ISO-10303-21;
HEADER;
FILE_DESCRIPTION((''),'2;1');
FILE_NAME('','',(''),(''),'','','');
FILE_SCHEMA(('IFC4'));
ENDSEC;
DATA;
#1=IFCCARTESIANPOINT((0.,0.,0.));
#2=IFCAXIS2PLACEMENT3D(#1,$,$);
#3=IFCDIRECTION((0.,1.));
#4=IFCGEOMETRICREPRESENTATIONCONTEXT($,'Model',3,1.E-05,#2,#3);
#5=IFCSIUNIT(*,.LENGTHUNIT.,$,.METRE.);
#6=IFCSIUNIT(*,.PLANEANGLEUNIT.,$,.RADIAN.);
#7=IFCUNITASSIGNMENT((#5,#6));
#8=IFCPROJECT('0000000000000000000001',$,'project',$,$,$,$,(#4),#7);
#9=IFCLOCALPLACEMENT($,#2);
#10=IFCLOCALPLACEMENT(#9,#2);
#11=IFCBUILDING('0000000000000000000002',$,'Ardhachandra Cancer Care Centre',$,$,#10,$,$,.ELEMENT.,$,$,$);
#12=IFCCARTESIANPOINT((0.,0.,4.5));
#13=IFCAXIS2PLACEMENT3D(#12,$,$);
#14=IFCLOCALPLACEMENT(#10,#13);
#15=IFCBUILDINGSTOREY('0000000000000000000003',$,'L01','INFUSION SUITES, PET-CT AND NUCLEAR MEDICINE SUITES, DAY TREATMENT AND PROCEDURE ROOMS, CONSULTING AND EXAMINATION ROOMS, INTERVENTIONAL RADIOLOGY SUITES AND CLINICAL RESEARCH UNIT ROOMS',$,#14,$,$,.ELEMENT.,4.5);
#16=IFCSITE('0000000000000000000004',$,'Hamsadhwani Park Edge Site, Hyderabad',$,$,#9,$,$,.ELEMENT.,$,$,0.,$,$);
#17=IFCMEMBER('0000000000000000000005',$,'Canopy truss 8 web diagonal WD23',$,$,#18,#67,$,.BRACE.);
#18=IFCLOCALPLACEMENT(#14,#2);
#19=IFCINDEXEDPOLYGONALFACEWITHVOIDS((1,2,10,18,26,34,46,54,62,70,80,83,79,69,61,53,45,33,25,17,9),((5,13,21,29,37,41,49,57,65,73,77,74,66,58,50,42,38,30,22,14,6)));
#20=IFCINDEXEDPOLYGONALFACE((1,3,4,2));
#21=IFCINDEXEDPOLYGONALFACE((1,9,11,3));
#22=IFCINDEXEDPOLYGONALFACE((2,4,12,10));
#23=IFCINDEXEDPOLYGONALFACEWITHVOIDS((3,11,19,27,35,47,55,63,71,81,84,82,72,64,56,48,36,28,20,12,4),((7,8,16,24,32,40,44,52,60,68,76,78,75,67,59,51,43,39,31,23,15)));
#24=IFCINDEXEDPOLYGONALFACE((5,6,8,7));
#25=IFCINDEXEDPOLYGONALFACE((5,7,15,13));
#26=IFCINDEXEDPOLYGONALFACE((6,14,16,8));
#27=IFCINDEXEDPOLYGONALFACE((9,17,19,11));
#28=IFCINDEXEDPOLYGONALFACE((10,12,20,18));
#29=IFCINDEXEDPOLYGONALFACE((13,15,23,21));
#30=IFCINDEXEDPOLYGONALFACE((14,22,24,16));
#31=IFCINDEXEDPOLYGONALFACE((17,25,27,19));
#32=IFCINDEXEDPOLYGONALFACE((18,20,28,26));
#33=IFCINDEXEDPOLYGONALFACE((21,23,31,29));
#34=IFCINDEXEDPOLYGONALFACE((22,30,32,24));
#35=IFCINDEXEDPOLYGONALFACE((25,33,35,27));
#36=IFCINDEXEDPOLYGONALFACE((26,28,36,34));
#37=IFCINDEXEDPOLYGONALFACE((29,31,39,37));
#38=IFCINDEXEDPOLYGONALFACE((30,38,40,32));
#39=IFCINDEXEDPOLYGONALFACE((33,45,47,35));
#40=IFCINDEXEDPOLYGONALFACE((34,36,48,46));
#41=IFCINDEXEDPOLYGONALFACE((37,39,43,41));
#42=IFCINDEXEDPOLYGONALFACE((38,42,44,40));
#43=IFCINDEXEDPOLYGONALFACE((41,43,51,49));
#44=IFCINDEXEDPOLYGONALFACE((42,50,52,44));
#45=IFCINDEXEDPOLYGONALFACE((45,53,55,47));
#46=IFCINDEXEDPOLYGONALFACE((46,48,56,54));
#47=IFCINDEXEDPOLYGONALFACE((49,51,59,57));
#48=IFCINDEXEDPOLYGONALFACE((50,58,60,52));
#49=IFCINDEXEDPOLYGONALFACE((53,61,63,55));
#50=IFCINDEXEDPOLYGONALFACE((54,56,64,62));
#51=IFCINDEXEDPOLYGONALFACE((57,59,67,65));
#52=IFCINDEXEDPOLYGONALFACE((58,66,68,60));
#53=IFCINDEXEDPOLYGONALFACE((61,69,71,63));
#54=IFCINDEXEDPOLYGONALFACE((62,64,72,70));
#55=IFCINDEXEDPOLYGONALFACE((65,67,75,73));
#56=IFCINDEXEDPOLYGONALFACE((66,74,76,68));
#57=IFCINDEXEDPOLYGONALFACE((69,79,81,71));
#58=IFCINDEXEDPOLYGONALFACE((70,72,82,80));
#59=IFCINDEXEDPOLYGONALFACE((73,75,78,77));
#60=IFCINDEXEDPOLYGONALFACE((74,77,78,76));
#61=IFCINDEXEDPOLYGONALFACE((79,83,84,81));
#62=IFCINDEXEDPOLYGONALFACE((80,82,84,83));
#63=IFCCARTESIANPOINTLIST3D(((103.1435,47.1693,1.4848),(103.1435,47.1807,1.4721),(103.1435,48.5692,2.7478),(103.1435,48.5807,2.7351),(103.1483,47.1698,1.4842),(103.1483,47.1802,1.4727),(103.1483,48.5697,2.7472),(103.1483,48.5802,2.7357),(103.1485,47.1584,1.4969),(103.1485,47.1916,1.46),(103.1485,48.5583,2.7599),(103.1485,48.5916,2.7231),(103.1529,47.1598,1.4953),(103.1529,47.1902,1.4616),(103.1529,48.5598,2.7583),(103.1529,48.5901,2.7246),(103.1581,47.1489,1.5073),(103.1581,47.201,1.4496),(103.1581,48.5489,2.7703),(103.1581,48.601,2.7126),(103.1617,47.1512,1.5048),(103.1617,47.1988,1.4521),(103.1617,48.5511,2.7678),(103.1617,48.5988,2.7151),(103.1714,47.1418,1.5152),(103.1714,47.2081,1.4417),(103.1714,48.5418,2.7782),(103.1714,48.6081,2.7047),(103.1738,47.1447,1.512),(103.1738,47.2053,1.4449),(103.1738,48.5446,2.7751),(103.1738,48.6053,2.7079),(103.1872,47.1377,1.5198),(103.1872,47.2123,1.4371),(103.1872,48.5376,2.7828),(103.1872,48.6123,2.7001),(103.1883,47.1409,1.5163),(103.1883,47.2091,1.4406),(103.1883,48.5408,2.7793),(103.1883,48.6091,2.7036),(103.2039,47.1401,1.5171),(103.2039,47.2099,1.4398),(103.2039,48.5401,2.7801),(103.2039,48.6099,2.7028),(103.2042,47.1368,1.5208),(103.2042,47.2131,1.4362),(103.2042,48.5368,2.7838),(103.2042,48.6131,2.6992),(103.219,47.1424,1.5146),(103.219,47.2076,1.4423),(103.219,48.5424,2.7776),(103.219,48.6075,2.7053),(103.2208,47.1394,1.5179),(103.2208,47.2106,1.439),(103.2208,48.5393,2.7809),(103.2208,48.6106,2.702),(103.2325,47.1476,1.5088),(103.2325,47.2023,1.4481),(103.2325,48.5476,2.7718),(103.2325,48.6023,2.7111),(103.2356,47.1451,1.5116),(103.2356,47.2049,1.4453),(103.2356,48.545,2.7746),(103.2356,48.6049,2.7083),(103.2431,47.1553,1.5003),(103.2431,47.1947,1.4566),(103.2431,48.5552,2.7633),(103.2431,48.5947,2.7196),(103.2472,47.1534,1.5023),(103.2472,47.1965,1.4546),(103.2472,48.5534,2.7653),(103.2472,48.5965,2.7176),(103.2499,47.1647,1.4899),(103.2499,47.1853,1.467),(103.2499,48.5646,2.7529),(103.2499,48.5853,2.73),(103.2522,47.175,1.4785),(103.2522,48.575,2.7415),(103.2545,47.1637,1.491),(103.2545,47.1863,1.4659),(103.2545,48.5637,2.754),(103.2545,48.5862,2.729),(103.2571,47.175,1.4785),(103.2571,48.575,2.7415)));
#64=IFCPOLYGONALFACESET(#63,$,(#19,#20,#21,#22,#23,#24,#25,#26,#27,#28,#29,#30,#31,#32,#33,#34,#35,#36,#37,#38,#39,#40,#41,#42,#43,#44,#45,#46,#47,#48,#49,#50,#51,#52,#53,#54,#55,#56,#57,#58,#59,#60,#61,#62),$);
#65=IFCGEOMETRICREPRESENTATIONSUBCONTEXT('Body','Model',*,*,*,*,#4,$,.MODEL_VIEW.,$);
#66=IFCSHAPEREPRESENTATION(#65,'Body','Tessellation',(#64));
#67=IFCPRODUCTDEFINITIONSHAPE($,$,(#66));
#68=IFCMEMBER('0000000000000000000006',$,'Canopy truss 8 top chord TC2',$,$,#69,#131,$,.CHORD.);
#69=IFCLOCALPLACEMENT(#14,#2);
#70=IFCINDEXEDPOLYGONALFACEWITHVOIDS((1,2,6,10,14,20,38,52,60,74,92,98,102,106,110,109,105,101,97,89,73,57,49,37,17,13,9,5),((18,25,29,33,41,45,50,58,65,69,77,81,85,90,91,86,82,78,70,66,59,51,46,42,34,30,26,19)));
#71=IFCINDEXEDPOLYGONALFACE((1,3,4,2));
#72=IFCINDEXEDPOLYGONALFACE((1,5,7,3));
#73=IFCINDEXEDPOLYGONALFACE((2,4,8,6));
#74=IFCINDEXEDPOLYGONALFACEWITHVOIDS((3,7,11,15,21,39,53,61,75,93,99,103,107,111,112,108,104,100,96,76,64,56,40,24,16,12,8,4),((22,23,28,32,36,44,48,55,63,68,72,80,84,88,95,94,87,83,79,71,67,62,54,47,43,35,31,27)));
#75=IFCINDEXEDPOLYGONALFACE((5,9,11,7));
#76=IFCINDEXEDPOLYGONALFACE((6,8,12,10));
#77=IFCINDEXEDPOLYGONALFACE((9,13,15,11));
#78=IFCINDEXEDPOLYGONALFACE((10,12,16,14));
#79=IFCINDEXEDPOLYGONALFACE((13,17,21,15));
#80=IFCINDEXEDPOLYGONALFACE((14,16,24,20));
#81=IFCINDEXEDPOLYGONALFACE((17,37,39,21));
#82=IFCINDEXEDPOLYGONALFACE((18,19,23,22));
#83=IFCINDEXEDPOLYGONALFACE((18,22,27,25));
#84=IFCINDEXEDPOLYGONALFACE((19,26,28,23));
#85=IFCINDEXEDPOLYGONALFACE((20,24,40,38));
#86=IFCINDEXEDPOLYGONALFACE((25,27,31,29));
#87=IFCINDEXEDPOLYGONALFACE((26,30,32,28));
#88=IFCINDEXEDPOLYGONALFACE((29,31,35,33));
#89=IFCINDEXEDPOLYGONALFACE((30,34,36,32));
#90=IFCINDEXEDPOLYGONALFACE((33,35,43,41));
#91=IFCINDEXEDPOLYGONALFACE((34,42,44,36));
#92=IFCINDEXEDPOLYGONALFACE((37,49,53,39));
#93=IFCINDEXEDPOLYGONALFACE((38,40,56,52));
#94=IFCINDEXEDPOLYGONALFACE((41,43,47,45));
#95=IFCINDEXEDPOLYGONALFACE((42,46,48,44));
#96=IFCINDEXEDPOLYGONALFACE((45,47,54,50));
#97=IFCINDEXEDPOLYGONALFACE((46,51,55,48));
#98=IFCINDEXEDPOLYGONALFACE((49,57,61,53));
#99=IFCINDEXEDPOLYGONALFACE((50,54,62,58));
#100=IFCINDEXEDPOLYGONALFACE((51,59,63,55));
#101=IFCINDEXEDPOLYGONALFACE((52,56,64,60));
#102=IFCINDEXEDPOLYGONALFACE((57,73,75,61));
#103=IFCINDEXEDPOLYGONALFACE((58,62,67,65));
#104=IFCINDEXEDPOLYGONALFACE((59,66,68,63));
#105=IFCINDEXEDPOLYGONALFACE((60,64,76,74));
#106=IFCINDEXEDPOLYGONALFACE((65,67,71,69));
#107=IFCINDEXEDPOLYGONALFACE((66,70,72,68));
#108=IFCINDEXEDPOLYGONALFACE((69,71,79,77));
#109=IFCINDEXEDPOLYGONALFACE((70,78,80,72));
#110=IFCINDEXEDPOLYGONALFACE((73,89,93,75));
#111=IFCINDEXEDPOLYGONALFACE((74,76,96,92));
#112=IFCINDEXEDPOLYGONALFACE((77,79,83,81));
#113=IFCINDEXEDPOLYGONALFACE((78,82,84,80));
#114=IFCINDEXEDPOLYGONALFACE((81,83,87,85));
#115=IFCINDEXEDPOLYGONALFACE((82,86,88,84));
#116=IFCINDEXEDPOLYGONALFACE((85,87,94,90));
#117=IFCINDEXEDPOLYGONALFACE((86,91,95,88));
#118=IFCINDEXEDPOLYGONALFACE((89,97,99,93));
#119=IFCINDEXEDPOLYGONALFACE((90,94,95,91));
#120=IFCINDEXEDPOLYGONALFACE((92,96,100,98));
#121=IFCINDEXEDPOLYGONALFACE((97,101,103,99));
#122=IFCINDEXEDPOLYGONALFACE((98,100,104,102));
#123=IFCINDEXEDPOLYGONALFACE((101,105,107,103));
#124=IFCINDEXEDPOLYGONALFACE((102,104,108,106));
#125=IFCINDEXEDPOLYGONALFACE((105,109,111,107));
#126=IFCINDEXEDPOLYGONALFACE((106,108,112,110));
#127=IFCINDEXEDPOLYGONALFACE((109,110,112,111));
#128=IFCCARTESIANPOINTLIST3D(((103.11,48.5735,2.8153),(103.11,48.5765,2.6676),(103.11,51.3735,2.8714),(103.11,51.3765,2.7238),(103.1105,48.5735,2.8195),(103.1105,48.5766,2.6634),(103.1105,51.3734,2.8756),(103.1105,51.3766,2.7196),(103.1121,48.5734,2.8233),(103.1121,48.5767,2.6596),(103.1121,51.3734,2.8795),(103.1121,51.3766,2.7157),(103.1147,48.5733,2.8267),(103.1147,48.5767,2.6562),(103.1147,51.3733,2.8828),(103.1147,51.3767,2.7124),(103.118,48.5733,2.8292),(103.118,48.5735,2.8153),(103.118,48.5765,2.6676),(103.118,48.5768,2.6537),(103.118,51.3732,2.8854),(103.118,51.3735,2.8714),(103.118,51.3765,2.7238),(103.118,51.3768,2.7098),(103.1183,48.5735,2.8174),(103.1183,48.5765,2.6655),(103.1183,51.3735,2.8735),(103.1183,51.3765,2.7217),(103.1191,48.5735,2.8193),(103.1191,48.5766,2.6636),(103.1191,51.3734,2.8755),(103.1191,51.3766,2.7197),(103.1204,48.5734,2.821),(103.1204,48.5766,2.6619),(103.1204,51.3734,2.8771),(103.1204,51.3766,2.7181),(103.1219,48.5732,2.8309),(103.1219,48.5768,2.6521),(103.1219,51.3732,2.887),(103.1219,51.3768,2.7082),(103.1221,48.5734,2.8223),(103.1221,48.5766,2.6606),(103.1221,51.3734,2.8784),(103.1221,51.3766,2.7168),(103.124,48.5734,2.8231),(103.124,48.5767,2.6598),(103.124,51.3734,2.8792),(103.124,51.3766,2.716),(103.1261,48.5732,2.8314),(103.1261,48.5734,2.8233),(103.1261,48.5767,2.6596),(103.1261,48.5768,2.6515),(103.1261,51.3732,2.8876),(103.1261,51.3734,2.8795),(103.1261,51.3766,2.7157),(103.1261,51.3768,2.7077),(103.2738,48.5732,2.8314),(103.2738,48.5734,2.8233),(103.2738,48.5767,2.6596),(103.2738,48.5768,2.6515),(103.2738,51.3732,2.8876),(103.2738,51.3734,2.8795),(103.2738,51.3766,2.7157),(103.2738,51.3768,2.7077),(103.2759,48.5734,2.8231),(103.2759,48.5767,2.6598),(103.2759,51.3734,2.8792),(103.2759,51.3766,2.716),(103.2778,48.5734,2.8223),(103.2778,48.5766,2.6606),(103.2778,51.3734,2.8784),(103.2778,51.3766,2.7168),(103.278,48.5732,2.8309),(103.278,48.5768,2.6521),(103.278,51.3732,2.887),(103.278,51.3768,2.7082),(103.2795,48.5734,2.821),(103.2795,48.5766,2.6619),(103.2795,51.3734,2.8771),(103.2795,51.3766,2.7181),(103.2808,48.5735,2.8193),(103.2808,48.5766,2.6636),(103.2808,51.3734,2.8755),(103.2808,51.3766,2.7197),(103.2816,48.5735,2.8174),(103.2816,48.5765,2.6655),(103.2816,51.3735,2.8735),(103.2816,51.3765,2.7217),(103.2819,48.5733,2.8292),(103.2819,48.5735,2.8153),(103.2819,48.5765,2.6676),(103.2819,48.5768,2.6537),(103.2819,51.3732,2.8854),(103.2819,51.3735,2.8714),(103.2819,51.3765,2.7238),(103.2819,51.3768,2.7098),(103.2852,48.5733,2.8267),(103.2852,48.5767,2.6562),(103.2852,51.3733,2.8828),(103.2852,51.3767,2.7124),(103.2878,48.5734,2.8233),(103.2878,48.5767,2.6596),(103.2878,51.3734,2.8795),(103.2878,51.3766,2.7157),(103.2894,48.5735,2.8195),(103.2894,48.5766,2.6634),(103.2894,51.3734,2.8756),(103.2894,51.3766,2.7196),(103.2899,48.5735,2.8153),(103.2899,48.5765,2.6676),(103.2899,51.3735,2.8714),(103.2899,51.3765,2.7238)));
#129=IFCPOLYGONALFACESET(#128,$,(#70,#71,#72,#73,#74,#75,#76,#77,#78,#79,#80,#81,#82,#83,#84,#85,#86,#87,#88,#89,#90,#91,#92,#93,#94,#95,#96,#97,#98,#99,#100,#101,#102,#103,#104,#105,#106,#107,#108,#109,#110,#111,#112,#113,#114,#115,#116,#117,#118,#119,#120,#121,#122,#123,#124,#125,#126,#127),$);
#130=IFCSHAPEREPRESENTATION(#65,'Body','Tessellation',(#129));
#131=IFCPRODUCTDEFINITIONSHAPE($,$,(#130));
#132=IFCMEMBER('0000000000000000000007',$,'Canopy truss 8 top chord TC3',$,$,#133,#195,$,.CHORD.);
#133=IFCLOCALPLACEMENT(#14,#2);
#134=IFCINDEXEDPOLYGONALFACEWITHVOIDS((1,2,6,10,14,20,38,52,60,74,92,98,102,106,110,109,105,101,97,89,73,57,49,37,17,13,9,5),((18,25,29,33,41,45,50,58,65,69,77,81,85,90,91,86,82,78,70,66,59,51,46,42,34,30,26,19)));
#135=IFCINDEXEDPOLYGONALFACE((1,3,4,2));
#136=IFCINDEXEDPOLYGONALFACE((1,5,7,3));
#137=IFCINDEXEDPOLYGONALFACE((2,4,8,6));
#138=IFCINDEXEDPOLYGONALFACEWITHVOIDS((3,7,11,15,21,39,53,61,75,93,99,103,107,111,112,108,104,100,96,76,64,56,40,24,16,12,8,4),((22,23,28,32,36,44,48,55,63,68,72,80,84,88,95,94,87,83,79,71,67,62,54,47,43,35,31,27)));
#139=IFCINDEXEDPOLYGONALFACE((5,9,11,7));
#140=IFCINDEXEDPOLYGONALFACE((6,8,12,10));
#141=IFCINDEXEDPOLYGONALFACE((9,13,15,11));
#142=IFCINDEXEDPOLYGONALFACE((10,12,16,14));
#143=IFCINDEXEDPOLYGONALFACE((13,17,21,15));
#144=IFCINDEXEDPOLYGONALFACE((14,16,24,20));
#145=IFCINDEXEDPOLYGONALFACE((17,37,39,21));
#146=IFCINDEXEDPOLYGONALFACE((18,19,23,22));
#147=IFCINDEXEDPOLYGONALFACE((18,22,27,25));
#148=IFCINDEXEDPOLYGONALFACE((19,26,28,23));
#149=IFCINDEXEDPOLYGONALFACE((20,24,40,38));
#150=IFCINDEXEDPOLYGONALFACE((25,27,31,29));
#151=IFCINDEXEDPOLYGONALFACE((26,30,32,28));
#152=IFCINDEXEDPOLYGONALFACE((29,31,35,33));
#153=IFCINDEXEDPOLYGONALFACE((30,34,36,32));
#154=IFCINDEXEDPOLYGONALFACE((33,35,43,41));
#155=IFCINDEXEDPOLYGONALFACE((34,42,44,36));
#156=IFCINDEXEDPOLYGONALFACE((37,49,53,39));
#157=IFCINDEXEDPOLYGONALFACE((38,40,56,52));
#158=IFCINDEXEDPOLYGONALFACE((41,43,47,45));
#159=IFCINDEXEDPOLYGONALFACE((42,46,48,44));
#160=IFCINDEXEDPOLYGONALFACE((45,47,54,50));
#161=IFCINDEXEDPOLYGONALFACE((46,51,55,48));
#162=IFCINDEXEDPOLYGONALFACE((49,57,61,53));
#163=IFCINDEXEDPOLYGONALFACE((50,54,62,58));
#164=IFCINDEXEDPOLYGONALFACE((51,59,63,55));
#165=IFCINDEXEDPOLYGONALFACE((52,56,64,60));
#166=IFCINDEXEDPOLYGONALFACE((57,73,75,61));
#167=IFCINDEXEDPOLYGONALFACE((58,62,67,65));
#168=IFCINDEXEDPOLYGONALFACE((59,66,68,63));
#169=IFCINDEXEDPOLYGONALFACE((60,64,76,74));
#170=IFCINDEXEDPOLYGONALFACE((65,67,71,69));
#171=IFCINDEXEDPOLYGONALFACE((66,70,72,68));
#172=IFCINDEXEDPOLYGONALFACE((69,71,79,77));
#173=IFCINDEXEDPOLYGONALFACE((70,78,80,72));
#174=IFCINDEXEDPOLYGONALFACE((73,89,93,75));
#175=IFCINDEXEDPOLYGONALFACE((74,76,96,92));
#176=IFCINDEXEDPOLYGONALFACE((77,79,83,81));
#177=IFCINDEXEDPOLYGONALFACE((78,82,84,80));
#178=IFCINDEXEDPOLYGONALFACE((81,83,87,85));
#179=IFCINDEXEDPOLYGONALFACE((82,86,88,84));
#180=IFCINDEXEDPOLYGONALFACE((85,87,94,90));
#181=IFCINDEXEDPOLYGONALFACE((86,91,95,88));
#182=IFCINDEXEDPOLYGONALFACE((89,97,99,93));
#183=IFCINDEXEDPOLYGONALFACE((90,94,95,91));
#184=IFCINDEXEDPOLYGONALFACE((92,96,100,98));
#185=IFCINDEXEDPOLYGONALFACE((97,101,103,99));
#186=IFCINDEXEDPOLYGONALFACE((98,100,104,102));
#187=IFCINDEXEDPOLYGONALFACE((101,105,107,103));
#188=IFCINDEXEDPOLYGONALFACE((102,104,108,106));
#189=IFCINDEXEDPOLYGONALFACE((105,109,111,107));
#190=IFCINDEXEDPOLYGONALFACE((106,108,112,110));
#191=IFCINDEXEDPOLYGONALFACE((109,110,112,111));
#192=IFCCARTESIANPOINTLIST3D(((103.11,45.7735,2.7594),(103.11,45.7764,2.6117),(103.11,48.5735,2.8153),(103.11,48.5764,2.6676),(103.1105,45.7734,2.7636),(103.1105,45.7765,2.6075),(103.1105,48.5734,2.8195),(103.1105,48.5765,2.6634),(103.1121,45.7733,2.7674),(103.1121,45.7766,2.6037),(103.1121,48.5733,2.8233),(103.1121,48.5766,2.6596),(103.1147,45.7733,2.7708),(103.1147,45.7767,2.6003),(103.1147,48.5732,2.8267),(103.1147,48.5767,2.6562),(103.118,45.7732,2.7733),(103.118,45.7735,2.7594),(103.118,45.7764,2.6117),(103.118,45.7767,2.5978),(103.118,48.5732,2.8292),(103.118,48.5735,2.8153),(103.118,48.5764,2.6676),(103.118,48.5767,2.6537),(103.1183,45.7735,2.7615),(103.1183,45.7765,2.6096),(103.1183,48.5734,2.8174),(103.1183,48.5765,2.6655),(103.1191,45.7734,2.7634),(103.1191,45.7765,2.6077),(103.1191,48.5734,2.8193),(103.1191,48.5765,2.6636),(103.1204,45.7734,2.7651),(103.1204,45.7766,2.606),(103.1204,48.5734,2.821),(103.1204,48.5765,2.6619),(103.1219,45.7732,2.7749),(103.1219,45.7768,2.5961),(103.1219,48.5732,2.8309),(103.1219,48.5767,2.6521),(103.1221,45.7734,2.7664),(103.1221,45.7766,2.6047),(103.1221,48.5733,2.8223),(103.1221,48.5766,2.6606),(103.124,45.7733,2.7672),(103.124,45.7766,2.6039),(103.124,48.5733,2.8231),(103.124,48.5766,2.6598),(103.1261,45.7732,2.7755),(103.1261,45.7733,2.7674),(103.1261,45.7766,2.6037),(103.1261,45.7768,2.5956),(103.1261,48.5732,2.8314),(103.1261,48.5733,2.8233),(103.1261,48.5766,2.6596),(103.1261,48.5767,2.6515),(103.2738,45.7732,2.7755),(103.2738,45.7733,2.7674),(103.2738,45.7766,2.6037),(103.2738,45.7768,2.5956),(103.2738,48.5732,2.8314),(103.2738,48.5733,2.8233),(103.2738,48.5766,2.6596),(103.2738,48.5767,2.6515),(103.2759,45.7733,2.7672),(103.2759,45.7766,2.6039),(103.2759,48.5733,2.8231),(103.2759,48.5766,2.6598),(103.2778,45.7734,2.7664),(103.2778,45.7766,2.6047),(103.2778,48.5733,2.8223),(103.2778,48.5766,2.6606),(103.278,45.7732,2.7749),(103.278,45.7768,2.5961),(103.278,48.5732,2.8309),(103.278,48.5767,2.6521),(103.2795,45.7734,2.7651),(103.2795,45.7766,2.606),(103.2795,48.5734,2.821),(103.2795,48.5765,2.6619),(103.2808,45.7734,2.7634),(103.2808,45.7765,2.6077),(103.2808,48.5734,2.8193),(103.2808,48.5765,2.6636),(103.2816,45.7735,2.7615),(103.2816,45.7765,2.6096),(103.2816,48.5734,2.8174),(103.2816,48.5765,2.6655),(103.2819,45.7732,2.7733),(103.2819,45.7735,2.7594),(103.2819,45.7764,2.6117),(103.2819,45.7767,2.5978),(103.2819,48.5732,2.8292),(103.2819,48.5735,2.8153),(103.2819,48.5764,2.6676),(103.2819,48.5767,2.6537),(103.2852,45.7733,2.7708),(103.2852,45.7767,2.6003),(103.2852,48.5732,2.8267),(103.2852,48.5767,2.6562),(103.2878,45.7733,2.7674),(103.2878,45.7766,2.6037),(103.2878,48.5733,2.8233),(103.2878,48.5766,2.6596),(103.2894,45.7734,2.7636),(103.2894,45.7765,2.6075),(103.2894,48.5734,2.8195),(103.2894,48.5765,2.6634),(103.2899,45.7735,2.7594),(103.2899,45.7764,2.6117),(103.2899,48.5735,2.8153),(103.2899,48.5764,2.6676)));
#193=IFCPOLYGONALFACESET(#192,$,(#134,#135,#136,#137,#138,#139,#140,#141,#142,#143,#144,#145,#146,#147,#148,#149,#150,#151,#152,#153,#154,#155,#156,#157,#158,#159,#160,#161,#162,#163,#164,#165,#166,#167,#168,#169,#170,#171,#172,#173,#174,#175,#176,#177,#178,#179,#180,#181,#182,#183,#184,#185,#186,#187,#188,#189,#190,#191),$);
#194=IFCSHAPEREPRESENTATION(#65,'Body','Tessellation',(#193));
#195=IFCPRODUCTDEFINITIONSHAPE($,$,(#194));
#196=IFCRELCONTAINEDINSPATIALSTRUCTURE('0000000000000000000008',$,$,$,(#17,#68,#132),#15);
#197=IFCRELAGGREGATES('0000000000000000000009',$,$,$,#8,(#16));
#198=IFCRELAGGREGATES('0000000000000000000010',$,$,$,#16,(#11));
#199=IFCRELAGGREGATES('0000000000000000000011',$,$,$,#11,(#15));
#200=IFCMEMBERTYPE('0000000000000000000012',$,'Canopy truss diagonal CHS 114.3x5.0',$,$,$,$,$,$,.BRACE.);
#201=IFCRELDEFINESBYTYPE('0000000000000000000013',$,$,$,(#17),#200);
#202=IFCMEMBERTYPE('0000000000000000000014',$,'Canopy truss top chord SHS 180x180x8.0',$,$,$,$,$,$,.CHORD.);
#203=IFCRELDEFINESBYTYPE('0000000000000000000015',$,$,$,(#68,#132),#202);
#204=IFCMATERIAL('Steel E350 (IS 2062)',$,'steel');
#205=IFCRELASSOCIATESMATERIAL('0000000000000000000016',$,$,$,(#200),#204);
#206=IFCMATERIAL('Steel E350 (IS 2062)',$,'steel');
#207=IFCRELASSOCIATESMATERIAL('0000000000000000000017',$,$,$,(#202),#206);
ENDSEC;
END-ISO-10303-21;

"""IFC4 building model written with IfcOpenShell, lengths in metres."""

from ifc_helpers import new_model, si_unit, direction, frame, origin, origin_2d, place, context, subcontext, project, spatial, hollow_rectangle, hollow_circle, extrude, material, material_profile, profile_set, type_object, element, save


model = new_model("IFC4")

# Units and contexts
model_context = context("Model", 3, precision=1e-05, world=origin(), true_north=direction((0.0, 1.0)))
body_context = subcontext(model_context, "Body", "Model", "MODEL_VIEW")
ifc_project = project(units=[si_unit("LENGTHUNIT", "METRE"), si_unit("PLANEANGLEUNIT", "RADIAN")], contexts=[model_context])

# Site, building, storey
site_placement = place(None, origin())
site = spatial("IfcSite", under=ifc_project, at=site_placement, Name="Hamsadhwani Park Edge Site, Hyderabad", CompositionType="ELEMENT", RefElevation=0.0)
building_placement = place(site_placement, origin())
building = spatial("IfcBuilding", under=site, at=building_placement, Name="Ardhachandra Cancer Care Centre", CompositionType="ELEMENT")
storey_placement = place(building_placement, frame((0.0, 0.0, 4.5)))
storey = spatial("IfcBuildingStorey", under=building, at=storey_placement, Name="L01", Description="INFUSION SUITES, PET-CT AND NUCLEAR MEDICINE SUITES, DAY TREATMENT AND PROCEDURE ROOMS, CONSULTING AND EXAMINATION ROOMS, INTERVENTIONAL RADIOLOGY SUITES AND CLINICAL RESEARCH UNIT ROOMS", CompositionType="ELEMENT", Elevation=4.5)

# Members
ifc_material_1 = material(Name="Steel E350 (IS 2062)", Category="steel")
ifc_material_profile_1 = material_profile(ifc_material_1, hollow_circle(Radius=0.0571, WallThickness=0.0049, at=origin_2d()), Name="CHS 114.3x5.0")
ifc_profile_set_1 = profile_set([ifc_material_profile_1], Name="Steel E350 (IS 2062)")
member_type_1 = type_object("IfcMemberType", Name="Canopy truss diagonal CHS 114.3x5.0", PredefinedType="BRACE", material=ifc_profile_set_1)
member_1_placement = place(storey_placement, frame((103.2, 48.575, 2.7415), z_axis=(0.0, -0.742495, -0.669851), x_axis=(1.0, 0.0, 0.0)))
element("IfcMember", 1, at=member_1_placement, inside=storey, type_object=member_type_1, Name="Canopy truss 8 web diagonal WD23", PredefinedType="BRACE", context=body_context, shape_type="SweptSolid", body=[
    extrude(hollow_circle(Radius=0.0571, WallThickness=0.0049, at=origin_2d()), origin(), (0.0, 0.0, 1.0), 1.8855),
])
ifc_material_2 = material(Name="Steel E350 (IS 2062)", Category="steel")
ifc_material_profile_2 = material_profile(ifc_material_2, hollow_rectangle(XDim=0.1799, YDim=0.1799, WallThickness=0.0081, InnerFilletRadius=0.0081, OuterFilletRadius=0.0161, at=origin_2d()), Name="SHS 180x180x8.0")
ifc_profile_set_2 = profile_set([ifc_material_profile_2], Name="Steel E350 (IS 2062)")
member_type_2 = type_object("IfcMemberType", Name="Canopy truss top chord SHS 180x180x8.0", PredefinedType="CHORD", material=ifc_profile_set_2)
for number, where, z_axis, x_axis, name in (
    (2, (103.2, 51.375, 2.7976), (0.0, -0.999799, -0.02005), (1.0, 0.0, 0.0), "Canopy truss 8 top chord TC2"),
    (3, (103.2, 48.575, 2.7415), (0.0, -0.999801, -0.019963), (1.0, 0.0, 0.0), "Canopy truss 8 top chord TC3"),
):
    element("IfcMember", number, at=place(storey_placement, frame(where, z_axis=z_axis, x_axis=x_axis)), inside=storey, type_object=member_type_2, Name=name, PredefinedType="CHORD", context=body_context, shape_type="SweptSolid", body=[
        extrude(hollow_rectangle(XDim=0.1799, YDim=0.1799, WallThickness=0.0081, InnerFilletRadius=0.0081, OuterFilletRadius=0.0161, at=origin_2d()), origin(), (0.0, 0.0, 1.0), 2.8005),
    ])

save(model, "model.ifc")
